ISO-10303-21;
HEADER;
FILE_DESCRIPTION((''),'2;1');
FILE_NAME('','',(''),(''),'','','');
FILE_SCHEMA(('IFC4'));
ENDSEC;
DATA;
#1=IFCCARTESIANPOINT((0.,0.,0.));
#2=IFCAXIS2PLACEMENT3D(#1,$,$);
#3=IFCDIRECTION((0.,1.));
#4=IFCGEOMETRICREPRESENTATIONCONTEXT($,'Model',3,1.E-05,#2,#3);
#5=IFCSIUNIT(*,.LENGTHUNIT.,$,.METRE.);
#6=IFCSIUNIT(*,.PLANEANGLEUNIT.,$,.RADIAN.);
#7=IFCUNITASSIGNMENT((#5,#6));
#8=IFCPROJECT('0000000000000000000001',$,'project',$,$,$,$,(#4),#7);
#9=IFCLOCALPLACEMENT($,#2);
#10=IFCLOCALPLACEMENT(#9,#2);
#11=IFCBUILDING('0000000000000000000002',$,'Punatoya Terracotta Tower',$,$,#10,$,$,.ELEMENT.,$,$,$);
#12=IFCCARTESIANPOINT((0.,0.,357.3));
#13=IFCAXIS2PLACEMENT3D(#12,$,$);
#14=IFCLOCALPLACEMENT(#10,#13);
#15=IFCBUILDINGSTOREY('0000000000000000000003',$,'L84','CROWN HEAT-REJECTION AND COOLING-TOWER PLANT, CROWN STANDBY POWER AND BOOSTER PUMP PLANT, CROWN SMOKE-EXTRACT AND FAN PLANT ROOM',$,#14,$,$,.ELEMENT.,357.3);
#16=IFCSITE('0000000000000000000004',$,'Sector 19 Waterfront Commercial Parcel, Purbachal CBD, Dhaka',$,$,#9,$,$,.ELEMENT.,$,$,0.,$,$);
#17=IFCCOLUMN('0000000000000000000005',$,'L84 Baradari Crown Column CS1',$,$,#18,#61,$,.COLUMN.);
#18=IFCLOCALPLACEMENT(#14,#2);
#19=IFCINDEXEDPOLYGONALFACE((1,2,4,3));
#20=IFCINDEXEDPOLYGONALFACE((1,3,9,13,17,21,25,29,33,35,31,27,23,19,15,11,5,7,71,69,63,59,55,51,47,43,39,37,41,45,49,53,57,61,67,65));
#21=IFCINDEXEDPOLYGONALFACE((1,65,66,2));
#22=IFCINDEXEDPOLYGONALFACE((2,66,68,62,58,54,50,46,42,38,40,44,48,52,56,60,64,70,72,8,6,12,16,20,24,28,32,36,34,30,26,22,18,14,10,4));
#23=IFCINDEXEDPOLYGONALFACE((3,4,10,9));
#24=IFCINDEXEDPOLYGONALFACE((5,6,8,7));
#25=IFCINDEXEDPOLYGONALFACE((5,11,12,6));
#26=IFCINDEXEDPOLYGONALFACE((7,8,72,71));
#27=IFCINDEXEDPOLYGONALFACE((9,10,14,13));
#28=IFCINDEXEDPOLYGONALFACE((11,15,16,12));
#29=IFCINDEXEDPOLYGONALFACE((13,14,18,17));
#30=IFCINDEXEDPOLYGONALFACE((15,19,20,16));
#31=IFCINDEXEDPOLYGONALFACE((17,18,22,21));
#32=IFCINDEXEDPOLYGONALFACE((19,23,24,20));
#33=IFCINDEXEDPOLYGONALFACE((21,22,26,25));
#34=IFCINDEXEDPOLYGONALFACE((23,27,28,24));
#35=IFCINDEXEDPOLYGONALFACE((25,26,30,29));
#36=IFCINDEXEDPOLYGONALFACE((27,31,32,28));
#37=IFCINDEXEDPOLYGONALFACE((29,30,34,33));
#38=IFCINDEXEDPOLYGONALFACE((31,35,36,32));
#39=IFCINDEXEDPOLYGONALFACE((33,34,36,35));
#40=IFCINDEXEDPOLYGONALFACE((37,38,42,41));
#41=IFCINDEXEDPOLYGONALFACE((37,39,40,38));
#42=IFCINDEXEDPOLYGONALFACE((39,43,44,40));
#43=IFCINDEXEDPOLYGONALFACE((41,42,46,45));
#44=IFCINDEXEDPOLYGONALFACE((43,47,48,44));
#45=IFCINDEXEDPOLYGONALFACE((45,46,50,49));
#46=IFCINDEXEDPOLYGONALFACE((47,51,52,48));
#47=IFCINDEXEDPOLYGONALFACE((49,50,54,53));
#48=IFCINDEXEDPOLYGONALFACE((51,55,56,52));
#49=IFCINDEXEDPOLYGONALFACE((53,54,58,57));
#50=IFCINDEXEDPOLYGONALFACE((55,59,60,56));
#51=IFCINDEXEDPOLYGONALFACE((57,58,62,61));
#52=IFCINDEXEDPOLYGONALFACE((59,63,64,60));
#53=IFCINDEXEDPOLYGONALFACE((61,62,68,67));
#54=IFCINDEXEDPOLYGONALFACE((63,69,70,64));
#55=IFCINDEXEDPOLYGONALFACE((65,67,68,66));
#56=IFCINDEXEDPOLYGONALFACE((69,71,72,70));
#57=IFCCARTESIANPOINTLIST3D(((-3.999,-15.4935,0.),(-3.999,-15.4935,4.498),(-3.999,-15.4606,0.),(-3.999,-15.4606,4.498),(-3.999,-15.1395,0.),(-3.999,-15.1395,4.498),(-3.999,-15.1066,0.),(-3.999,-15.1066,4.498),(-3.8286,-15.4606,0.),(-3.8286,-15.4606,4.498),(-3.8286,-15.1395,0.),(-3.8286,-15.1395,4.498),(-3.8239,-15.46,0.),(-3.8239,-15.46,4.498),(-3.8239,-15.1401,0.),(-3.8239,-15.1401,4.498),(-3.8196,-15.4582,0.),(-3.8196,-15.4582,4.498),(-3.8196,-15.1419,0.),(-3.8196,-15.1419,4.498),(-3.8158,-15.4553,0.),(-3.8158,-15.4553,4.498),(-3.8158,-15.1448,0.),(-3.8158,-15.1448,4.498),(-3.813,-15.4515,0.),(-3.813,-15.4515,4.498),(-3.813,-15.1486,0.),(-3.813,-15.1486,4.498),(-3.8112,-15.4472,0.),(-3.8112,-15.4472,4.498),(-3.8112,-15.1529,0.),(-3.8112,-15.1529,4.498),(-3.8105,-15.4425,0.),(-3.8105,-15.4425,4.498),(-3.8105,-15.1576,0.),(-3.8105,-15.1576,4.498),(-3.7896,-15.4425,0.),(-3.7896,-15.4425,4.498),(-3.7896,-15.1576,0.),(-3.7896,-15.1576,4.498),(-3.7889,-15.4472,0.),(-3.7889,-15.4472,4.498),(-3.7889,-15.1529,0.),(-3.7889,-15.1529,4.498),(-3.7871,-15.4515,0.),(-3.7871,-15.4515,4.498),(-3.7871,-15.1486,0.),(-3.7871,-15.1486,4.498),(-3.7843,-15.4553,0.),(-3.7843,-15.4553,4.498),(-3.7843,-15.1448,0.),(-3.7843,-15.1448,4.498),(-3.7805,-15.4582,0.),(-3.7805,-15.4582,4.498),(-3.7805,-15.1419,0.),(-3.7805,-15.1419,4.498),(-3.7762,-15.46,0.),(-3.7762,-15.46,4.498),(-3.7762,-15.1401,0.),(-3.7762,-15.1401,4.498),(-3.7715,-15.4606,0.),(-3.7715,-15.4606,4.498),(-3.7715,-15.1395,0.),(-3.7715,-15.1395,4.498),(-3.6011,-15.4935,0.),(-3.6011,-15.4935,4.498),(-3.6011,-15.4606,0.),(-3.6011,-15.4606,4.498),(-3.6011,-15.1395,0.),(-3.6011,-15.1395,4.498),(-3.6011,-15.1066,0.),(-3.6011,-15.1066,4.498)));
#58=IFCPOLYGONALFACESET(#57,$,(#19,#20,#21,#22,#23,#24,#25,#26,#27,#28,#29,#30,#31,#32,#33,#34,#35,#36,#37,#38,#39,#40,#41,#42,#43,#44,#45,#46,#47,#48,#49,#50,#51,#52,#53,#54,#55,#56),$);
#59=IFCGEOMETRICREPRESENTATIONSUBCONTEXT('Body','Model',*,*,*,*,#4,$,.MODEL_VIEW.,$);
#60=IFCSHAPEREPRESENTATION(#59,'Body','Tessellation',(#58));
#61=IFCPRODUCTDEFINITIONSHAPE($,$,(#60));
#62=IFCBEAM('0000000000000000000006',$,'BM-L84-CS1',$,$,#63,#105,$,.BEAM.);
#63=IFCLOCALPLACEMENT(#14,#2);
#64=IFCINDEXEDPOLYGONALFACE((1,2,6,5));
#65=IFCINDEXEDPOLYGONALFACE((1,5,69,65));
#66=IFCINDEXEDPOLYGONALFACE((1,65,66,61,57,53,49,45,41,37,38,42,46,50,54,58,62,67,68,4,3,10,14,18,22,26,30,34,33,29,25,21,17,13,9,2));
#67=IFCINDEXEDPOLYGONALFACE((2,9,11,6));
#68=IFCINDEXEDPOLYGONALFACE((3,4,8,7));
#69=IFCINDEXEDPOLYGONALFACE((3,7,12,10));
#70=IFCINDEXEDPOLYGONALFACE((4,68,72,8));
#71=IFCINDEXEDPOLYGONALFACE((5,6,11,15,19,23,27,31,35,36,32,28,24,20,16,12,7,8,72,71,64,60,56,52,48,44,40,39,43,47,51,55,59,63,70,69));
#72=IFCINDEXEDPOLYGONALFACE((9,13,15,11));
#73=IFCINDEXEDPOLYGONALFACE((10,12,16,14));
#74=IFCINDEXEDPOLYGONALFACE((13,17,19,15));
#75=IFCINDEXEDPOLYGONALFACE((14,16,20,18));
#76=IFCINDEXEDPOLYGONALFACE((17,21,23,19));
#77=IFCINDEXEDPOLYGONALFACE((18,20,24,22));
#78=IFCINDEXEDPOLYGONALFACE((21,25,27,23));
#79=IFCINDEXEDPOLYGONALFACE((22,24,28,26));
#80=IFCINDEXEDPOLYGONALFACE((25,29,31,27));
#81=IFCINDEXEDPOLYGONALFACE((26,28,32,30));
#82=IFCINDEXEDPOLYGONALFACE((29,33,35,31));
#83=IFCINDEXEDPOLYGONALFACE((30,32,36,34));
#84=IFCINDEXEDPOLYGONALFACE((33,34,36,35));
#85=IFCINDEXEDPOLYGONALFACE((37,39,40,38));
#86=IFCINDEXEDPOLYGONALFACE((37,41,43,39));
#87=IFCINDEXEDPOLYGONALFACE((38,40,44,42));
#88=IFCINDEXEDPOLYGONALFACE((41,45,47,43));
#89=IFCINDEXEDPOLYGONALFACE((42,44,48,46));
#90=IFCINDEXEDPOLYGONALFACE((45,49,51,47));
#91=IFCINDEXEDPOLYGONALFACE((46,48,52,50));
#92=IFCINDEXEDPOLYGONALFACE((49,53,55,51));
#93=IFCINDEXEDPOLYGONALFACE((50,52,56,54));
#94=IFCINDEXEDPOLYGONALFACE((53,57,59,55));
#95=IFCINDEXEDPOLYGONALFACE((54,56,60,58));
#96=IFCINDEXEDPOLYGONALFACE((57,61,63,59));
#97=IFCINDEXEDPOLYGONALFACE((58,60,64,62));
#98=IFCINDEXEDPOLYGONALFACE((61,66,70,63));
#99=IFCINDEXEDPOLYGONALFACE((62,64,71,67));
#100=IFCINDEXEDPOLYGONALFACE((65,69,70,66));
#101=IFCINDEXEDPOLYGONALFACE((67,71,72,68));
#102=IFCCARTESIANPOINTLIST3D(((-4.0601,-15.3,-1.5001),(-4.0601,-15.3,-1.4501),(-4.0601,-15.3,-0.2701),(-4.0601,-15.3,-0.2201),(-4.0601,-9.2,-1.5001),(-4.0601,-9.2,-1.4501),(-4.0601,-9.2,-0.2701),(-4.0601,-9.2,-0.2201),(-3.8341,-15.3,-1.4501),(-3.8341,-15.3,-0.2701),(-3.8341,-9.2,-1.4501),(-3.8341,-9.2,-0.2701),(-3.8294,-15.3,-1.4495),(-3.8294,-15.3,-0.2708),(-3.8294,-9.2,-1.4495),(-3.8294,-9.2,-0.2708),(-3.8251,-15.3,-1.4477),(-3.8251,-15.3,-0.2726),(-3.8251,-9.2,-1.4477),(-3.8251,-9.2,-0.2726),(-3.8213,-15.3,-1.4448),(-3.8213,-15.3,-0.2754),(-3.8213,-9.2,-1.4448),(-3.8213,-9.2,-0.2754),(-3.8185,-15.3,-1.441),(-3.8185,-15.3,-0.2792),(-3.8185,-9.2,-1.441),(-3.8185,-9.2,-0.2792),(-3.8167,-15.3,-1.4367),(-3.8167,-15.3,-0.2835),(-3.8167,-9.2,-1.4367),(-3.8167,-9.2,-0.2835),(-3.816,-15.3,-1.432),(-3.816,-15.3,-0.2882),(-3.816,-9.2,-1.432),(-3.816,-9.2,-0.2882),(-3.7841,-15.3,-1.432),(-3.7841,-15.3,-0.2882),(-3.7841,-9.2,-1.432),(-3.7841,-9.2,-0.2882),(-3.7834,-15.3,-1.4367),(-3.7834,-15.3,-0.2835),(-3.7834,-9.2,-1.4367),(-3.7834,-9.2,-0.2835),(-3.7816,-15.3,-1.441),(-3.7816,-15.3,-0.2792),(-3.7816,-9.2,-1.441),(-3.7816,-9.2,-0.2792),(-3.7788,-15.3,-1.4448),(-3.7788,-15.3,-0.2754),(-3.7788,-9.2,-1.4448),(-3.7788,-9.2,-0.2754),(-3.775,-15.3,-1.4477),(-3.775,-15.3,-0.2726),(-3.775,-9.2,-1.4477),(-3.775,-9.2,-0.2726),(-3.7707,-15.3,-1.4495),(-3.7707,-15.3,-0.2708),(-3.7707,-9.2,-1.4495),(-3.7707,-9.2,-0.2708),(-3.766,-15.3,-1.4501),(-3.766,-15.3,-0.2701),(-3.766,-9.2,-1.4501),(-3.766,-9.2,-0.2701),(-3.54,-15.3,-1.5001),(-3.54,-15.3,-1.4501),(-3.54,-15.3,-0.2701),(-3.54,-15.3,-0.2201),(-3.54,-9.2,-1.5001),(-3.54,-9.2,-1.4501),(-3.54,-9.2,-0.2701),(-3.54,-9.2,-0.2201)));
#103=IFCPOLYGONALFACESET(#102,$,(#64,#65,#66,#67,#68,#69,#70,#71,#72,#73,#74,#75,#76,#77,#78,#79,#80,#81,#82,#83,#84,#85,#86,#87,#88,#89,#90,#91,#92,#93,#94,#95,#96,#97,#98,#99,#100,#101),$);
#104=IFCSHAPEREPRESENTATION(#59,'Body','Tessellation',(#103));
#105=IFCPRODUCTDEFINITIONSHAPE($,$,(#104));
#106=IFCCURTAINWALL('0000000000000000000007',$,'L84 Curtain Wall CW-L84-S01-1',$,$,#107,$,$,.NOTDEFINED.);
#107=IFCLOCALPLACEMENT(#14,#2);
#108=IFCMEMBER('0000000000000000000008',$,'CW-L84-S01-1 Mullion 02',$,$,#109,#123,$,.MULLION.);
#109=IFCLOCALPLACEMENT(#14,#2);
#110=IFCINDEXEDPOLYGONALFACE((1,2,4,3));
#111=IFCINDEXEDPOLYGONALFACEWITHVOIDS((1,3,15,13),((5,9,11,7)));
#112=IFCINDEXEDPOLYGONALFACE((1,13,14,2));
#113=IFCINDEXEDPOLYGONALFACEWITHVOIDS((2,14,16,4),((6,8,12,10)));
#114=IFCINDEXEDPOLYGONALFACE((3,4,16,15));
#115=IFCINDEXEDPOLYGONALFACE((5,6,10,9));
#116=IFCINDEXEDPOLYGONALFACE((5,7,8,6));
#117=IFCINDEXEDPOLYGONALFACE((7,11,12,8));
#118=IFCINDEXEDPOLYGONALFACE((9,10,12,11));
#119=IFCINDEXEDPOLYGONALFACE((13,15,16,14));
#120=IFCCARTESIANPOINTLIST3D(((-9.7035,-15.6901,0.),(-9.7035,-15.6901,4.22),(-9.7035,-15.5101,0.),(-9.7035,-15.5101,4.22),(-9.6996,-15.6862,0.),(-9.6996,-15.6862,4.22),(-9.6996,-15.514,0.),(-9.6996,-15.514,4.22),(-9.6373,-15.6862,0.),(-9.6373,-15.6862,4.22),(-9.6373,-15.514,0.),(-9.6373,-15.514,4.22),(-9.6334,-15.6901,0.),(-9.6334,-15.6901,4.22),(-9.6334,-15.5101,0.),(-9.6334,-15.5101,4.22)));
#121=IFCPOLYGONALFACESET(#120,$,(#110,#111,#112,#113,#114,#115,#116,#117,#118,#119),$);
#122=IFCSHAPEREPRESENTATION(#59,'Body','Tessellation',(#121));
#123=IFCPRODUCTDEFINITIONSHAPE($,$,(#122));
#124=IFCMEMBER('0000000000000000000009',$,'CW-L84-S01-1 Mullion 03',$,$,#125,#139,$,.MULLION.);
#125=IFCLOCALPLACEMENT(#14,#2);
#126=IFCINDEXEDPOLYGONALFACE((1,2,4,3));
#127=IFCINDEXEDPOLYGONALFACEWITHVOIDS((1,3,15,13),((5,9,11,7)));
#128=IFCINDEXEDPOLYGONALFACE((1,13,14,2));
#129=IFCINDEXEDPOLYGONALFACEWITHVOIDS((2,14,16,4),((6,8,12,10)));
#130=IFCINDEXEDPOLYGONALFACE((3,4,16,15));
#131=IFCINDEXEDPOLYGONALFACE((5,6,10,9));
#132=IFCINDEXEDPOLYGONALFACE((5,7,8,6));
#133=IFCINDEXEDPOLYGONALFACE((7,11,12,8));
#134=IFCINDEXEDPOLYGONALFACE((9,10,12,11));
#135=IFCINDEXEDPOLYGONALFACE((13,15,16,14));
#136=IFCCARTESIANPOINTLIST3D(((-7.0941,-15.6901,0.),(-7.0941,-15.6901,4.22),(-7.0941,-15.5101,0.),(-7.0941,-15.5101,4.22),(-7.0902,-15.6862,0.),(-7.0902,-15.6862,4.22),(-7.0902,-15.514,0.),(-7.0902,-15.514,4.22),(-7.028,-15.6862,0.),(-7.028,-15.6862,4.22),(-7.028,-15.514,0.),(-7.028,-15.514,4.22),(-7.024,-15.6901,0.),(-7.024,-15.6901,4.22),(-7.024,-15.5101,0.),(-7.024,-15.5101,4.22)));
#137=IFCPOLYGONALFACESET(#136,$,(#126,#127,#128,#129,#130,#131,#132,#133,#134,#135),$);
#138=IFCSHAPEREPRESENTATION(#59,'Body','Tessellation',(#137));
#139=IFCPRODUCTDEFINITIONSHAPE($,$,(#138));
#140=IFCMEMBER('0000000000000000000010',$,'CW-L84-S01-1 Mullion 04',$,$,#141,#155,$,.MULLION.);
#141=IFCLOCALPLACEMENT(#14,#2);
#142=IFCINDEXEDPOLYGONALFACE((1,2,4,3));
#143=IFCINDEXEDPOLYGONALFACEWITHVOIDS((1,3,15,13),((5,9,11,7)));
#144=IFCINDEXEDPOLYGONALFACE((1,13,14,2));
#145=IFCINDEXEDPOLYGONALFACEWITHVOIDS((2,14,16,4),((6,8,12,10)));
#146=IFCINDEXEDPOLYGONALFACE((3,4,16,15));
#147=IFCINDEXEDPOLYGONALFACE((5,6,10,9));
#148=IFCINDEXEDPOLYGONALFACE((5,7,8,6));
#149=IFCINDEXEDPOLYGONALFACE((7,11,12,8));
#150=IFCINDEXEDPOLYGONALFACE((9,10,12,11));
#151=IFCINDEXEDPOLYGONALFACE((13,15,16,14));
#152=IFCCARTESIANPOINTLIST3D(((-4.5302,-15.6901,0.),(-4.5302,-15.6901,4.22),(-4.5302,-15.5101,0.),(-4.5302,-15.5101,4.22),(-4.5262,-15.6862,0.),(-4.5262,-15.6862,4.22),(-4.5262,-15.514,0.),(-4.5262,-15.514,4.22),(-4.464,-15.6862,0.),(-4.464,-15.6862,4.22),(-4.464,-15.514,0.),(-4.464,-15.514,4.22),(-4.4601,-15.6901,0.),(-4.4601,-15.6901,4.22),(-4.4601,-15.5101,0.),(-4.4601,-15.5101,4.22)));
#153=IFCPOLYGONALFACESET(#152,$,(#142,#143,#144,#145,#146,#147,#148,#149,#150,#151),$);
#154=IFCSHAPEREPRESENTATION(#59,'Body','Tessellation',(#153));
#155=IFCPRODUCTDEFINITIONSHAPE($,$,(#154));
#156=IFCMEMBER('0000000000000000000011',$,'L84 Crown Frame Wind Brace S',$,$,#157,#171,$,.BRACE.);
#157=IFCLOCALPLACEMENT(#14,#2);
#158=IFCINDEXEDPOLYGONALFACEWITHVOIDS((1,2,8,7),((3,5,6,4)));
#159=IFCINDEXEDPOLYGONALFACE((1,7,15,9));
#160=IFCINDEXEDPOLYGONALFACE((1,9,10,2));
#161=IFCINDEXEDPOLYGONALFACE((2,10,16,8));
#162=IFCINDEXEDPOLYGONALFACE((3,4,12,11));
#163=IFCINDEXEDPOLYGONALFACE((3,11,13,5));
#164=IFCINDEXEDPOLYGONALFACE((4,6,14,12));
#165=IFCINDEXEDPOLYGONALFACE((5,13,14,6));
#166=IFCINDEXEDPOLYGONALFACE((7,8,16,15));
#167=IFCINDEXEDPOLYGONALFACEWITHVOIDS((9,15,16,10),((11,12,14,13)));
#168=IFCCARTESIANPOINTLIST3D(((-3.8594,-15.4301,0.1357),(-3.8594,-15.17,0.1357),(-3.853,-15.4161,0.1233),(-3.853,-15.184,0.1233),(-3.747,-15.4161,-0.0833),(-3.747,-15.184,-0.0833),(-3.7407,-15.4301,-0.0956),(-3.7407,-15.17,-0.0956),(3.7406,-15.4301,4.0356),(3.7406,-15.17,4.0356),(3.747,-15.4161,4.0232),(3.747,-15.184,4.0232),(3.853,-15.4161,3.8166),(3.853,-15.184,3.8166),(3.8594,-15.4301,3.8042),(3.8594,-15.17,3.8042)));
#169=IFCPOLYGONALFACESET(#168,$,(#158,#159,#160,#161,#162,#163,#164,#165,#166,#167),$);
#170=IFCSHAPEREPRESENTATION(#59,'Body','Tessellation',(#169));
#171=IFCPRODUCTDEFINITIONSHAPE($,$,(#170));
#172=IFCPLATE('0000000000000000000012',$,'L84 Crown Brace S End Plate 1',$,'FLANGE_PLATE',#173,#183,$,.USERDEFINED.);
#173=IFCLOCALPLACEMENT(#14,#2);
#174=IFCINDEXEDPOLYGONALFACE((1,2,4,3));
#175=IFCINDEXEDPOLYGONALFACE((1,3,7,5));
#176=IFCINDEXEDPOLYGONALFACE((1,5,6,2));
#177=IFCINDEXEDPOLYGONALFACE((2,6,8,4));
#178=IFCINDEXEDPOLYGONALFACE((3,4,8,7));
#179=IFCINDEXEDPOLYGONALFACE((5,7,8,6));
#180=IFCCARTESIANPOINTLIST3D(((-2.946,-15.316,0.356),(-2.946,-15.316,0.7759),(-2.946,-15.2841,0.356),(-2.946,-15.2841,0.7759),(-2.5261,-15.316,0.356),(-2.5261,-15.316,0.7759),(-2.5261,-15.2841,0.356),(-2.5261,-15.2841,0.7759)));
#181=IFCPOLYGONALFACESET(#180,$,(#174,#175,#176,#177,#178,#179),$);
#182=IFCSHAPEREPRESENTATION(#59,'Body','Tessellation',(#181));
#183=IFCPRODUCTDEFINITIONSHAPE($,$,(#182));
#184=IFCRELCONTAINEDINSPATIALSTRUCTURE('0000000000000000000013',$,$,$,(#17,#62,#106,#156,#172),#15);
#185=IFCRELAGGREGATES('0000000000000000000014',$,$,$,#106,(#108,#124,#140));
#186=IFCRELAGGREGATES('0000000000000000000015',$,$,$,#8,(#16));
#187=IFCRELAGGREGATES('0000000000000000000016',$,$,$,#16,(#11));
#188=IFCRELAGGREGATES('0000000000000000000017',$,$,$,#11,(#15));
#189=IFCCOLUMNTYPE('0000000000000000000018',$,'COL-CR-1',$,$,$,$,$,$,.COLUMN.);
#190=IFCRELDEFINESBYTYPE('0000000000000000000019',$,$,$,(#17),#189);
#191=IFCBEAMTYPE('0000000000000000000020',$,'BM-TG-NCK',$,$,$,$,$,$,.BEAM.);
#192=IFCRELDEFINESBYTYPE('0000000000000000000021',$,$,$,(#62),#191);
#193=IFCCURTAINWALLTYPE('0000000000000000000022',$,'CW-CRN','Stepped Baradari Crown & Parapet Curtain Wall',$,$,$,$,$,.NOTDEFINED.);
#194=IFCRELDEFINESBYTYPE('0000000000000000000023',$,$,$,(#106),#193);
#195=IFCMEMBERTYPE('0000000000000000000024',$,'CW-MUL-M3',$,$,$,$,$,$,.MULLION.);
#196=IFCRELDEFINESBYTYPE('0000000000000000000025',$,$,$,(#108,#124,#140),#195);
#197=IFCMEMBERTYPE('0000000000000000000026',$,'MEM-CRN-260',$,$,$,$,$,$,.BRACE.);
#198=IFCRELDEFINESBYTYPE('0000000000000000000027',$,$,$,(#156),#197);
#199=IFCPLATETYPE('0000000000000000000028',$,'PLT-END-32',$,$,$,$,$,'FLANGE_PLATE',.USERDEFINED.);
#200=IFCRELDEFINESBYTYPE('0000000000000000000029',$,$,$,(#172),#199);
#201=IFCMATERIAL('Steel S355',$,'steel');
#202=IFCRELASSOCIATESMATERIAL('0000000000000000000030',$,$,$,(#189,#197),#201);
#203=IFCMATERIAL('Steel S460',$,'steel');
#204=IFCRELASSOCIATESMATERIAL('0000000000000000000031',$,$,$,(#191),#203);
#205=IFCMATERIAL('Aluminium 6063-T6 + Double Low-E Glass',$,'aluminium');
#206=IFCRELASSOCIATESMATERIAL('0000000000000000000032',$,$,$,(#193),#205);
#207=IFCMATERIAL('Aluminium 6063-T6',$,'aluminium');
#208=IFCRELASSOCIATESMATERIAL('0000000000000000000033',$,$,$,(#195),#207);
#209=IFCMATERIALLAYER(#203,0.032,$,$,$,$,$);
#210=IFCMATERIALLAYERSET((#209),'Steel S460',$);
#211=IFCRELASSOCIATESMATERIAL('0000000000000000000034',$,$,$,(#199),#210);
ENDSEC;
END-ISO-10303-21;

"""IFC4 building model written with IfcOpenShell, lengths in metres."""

from ifc_helpers import new_model, si_unit, direction, frame, origin, origin_2d, place, context, subcontext, project, spatial, rectangle, hollow_rectangle, i_section, extrude, material, layer, layer_set, material_profile, profile_set, type_object, element, aggregate, save


model = new_model("IFC4")

# Units and contexts
model_context = context("Model", 3, precision=1e-05, world=origin(), true_north=direction((0.0, 1.0)))
body_context = subcontext(model_context, "Body", "Model", "MODEL_VIEW")
ifc_project = project(units=[si_unit("LENGTHUNIT", "METRE"), si_unit("PLANEANGLEUNIT", "RADIAN")], contexts=[model_context])

# Site, building, storey
site_placement = place(None, origin())
site = spatial("IfcSite", under=ifc_project, at=site_placement, Name="Sector 19 Waterfront Commercial Parcel, Purbachal CBD, Dhaka", CompositionType="ELEMENT", RefElevation=0.0)
building_placement = place(site_placement, origin())
building = spatial("IfcBuilding", under=site, at=building_placement, Name="Punatoya Terracotta Tower", CompositionType="ELEMENT")
storey_placement = place(building_placement, frame((0.0, 0.0, 357.3)))
storey = spatial("IfcBuildingStorey", under=building, at=storey_placement, Name="L84", Description="CROWN HEAT-REJECTION AND COOLING-TOWER PLANT, CROWN STANDBY POWER AND BOOSTER PUMP PLANT, CROWN SMOKE-EXTRACT AND FAN PLANT ROOM", CompositionType="ELEMENT", Elevation=357.3)

# Column
ifc_material_1 = material(Name="Steel S355", Category="steel")
ifc_material_profile_1 = material_profile(ifc_material_1, i_section(OverallWidth=0.3979, OverallDepth=0.387, WebThickness=0.021, FlangeThickness=0.033, FilletRadius=0.0181, at=origin_2d()))
ifc_profile_set_1 = profile_set([ifc_material_profile_1], Name="Steel S355")
column_type = type_object("IfcColumnType", Name="COL-CR-1", PredefinedType="COLUMN", material=ifc_profile_set_1)
column_placement = place(storey_placement, frame((-3.8, -15.3, 0.0), z_axis=(0.0, 0.0, 1.0), x_axis=(1.0, 0.0, 0.0)))
element("IfcColumn", 1, at=column_placement, inside=storey, type_object=column_type, Name="L84 Baradari Crown Column CS1", PredefinedType="COLUMN", context=body_context, shape_type="SweptSolid", body=[
    extrude(i_section(OverallWidth=0.3979, OverallDepth=0.387, WebThickness=0.021, FlangeThickness=0.033, FilletRadius=0.0181, at=origin_2d()), origin(), (0.0, 0.0, 1.0), 4.498),
])

# Beam
ifc_material_2 = material(Name="Steel S460", Category="steel")
ifc_material_profile_2 = material_profile(ifc_material_2, i_section(OverallWidth=0.52, OverallDepth=1.28, WebThickness=0.032, FlangeThickness=0.05, FilletRadius=0.0181, at=origin_2d()))
ifc_profile_set_2 = profile_set([ifc_material_profile_2], Name="Steel S460")
beam_type = type_object("IfcBeamType", Name="BM-TG-NCK", PredefinedType="BEAM", material=ifc_profile_set_2)
beam_placement = place(storey_placement, frame((-3.8, -15.3, -0.8601), z_axis=(0.0, 1.0, 0.0), x_axis=(-1.0, 0.0, 0.0)))
element("IfcBeam", 2, at=beam_placement, inside=storey, type_object=beam_type, Name="BM-L84-CS1", PredefinedType="BEAM", context=body_context, shape_type="SweptSolid", body=[
    extrude(i_section(OverallWidth=0.52, OverallDepth=1.28, WebThickness=0.032, FlangeThickness=0.05, FilletRadius=0.0181, at=origin_2d()), origin(), (0.0, 0.0, 1.0), 6.1001),
])

# Curtain wall, members
ifc_material_3 = material(Name="Aluminium 6063-T6 + Double Low-E Glass", Category="aluminium")
curtain_wall_type = type_object("IfcCurtainWallType", Name="CW-CRN", Description="Stepped Baradari Crown & Parapet Curtain Wall", PredefinedType="NOTDEFINED", material=ifc_material_3)
curtain_wall_placement = place(storey_placement, origin())
curtain_wall = element("IfcCurtainWall", 3, at=curtain_wall_placement, inside=storey, type_object=curtain_wall_type, Name="L84 Curtain Wall CW-L84-S01-1", PredefinedType="NOTDEFINED")
ifc_material_4 = material(Name="Aluminium 6063-T6", Category="aluminium")
ifc_material_profile_3 = material_profile(ifc_material_4, hollow_rectangle(XDim=0.0701, YDim=0.1799, WallThickness=0.0039, at=origin_2d()))
ifc_profile_set_3 = profile_set([ifc_material_profile_3], Name="Aluminium 6063-T6")
member_type_1 = type_object("IfcMemberType", Name="CW-MUL-M3", PredefinedType="MULLION", material=ifc_profile_set_3)
member_1_placement = place(storey_placement, frame((-9.6685, -15.6001, 0.0), z_axis=(0.0, 0.0, 1.0), x_axis=(1.0, 0.0, 0.0)))
member_1 = element("IfcMember", 4, at=member_1_placement, type_object=member_type_1, Name="CW-L84-S01-1 Mullion 02", PredefinedType="MULLION", context=body_context, shape_type="SweptSolid", body=[
    extrude(hollow_rectangle(XDim=0.0701, YDim=0.1799, WallThickness=0.0039, at=origin_2d()), origin(), (0.0, 0.0, 1.0), 4.22),
])
member_2_placement = place(storey_placement, frame((-7.0591, -15.6001, 0.0), z_axis=(0.0, 0.0, 1.0), x_axis=(1.0, 0.0, 0.0)))
member_2 = element("IfcMember", 5, at=member_2_placement, type_object=member_type_1, Name="CW-L84-S01-1 Mullion 03", PredefinedType="MULLION", context=body_context, shape_type="SweptSolid", body=[
    extrude(hollow_rectangle(XDim=0.0701, YDim=0.1799, WallThickness=0.0039, at=origin_2d()), origin(), (0.0, 0.0, 1.0), 4.22),
])
member_3_placement = place(storey_placement, frame((-4.4951, -15.6001, 0.0), z_axis=(0.0, 0.0, 1.0), x_axis=(1.0, 0.0, 0.0)))
member_3 = element("IfcMember", 6, at=member_3_placement, type_object=member_type_1, Name="CW-L84-S01-1 Mullion 04", PredefinedType="MULLION", context=body_context, shape_type="SweptSolid", body=[
    extrude(hollow_rectangle(XDim=0.0701, YDim=0.1799, WallThickness=0.0039, at=origin_2d()), origin(), (0.0, 0.0, 1.0), 4.22),
])

# Member
ifc_material_profile_4 = material_profile(ifc_material_1, hollow_rectangle(XDim=0.26, YDim=0.26, WallThickness=0.0139, at=origin_2d()))
ifc_profile_set_4 = profile_set([ifc_material_profile_4], Name="Steel S355")
member_type_2 = type_object("IfcMemberType", Name="MEM-CRN-260", PredefinedType="BRACE", material=ifc_profile_set_4)
member_4_placement = place(storey_placement, frame((-3.8, -15.3, 0.02), z_axis=(0.889703, 0.0, 0.456541), x_axis=(0.0, 1.0, 0.0)))
element("IfcMember", 7, at=member_4_placement, inside=storey, type_object=member_type_2, Name="L84 Crown Frame Wind Brace S", PredefinedType="BRACE", context=body_context, shape_type="SweptSolid", body=[
    extrude(hollow_rectangle(XDim=0.26, YDim=0.26, WallThickness=0.0139, at=origin_2d()), origin(), (0.0, 0.0, 1.0), 8.5422),
])

# Plate
ifc_layer_1 = layer(ifc_material_2, 0.032)
ifc_layer_set_1 = layer_set([ifc_layer_1], Name="Steel S460")
plate_type_1 = type_object("IfcPlateType", Name="PLT-END-32", ElementType="FLANGE_PLATE", PredefinedType="USERDEFINED", material=ifc_layer_set_1)
plate_1_placement = place(storey_placement, frame((-2.7361, -15.3, 0.356), z_axis=(0.0, 0.0, 1.0), x_axis=(1.0, 0.0, 0.0)))
element("IfcPlate", 8, at=plate_1_placement, inside=storey, type_object=plate_type_1, Name="L84 Crown Brace S End Plate 1", ObjectType="FLANGE_PLATE", PredefinedType="USERDEFINED", context=body_context, shape_type="SweptSolid", body=[
    extrude(rectangle(XDim=0.4199, YDim=0.032, at=origin_2d()), origin(), (0.0, 0.0, 1.0), 0.4199),
])
aggregate(curtain_wall, [member_1, member_2, member_3])

save(model, "model.ifc")
